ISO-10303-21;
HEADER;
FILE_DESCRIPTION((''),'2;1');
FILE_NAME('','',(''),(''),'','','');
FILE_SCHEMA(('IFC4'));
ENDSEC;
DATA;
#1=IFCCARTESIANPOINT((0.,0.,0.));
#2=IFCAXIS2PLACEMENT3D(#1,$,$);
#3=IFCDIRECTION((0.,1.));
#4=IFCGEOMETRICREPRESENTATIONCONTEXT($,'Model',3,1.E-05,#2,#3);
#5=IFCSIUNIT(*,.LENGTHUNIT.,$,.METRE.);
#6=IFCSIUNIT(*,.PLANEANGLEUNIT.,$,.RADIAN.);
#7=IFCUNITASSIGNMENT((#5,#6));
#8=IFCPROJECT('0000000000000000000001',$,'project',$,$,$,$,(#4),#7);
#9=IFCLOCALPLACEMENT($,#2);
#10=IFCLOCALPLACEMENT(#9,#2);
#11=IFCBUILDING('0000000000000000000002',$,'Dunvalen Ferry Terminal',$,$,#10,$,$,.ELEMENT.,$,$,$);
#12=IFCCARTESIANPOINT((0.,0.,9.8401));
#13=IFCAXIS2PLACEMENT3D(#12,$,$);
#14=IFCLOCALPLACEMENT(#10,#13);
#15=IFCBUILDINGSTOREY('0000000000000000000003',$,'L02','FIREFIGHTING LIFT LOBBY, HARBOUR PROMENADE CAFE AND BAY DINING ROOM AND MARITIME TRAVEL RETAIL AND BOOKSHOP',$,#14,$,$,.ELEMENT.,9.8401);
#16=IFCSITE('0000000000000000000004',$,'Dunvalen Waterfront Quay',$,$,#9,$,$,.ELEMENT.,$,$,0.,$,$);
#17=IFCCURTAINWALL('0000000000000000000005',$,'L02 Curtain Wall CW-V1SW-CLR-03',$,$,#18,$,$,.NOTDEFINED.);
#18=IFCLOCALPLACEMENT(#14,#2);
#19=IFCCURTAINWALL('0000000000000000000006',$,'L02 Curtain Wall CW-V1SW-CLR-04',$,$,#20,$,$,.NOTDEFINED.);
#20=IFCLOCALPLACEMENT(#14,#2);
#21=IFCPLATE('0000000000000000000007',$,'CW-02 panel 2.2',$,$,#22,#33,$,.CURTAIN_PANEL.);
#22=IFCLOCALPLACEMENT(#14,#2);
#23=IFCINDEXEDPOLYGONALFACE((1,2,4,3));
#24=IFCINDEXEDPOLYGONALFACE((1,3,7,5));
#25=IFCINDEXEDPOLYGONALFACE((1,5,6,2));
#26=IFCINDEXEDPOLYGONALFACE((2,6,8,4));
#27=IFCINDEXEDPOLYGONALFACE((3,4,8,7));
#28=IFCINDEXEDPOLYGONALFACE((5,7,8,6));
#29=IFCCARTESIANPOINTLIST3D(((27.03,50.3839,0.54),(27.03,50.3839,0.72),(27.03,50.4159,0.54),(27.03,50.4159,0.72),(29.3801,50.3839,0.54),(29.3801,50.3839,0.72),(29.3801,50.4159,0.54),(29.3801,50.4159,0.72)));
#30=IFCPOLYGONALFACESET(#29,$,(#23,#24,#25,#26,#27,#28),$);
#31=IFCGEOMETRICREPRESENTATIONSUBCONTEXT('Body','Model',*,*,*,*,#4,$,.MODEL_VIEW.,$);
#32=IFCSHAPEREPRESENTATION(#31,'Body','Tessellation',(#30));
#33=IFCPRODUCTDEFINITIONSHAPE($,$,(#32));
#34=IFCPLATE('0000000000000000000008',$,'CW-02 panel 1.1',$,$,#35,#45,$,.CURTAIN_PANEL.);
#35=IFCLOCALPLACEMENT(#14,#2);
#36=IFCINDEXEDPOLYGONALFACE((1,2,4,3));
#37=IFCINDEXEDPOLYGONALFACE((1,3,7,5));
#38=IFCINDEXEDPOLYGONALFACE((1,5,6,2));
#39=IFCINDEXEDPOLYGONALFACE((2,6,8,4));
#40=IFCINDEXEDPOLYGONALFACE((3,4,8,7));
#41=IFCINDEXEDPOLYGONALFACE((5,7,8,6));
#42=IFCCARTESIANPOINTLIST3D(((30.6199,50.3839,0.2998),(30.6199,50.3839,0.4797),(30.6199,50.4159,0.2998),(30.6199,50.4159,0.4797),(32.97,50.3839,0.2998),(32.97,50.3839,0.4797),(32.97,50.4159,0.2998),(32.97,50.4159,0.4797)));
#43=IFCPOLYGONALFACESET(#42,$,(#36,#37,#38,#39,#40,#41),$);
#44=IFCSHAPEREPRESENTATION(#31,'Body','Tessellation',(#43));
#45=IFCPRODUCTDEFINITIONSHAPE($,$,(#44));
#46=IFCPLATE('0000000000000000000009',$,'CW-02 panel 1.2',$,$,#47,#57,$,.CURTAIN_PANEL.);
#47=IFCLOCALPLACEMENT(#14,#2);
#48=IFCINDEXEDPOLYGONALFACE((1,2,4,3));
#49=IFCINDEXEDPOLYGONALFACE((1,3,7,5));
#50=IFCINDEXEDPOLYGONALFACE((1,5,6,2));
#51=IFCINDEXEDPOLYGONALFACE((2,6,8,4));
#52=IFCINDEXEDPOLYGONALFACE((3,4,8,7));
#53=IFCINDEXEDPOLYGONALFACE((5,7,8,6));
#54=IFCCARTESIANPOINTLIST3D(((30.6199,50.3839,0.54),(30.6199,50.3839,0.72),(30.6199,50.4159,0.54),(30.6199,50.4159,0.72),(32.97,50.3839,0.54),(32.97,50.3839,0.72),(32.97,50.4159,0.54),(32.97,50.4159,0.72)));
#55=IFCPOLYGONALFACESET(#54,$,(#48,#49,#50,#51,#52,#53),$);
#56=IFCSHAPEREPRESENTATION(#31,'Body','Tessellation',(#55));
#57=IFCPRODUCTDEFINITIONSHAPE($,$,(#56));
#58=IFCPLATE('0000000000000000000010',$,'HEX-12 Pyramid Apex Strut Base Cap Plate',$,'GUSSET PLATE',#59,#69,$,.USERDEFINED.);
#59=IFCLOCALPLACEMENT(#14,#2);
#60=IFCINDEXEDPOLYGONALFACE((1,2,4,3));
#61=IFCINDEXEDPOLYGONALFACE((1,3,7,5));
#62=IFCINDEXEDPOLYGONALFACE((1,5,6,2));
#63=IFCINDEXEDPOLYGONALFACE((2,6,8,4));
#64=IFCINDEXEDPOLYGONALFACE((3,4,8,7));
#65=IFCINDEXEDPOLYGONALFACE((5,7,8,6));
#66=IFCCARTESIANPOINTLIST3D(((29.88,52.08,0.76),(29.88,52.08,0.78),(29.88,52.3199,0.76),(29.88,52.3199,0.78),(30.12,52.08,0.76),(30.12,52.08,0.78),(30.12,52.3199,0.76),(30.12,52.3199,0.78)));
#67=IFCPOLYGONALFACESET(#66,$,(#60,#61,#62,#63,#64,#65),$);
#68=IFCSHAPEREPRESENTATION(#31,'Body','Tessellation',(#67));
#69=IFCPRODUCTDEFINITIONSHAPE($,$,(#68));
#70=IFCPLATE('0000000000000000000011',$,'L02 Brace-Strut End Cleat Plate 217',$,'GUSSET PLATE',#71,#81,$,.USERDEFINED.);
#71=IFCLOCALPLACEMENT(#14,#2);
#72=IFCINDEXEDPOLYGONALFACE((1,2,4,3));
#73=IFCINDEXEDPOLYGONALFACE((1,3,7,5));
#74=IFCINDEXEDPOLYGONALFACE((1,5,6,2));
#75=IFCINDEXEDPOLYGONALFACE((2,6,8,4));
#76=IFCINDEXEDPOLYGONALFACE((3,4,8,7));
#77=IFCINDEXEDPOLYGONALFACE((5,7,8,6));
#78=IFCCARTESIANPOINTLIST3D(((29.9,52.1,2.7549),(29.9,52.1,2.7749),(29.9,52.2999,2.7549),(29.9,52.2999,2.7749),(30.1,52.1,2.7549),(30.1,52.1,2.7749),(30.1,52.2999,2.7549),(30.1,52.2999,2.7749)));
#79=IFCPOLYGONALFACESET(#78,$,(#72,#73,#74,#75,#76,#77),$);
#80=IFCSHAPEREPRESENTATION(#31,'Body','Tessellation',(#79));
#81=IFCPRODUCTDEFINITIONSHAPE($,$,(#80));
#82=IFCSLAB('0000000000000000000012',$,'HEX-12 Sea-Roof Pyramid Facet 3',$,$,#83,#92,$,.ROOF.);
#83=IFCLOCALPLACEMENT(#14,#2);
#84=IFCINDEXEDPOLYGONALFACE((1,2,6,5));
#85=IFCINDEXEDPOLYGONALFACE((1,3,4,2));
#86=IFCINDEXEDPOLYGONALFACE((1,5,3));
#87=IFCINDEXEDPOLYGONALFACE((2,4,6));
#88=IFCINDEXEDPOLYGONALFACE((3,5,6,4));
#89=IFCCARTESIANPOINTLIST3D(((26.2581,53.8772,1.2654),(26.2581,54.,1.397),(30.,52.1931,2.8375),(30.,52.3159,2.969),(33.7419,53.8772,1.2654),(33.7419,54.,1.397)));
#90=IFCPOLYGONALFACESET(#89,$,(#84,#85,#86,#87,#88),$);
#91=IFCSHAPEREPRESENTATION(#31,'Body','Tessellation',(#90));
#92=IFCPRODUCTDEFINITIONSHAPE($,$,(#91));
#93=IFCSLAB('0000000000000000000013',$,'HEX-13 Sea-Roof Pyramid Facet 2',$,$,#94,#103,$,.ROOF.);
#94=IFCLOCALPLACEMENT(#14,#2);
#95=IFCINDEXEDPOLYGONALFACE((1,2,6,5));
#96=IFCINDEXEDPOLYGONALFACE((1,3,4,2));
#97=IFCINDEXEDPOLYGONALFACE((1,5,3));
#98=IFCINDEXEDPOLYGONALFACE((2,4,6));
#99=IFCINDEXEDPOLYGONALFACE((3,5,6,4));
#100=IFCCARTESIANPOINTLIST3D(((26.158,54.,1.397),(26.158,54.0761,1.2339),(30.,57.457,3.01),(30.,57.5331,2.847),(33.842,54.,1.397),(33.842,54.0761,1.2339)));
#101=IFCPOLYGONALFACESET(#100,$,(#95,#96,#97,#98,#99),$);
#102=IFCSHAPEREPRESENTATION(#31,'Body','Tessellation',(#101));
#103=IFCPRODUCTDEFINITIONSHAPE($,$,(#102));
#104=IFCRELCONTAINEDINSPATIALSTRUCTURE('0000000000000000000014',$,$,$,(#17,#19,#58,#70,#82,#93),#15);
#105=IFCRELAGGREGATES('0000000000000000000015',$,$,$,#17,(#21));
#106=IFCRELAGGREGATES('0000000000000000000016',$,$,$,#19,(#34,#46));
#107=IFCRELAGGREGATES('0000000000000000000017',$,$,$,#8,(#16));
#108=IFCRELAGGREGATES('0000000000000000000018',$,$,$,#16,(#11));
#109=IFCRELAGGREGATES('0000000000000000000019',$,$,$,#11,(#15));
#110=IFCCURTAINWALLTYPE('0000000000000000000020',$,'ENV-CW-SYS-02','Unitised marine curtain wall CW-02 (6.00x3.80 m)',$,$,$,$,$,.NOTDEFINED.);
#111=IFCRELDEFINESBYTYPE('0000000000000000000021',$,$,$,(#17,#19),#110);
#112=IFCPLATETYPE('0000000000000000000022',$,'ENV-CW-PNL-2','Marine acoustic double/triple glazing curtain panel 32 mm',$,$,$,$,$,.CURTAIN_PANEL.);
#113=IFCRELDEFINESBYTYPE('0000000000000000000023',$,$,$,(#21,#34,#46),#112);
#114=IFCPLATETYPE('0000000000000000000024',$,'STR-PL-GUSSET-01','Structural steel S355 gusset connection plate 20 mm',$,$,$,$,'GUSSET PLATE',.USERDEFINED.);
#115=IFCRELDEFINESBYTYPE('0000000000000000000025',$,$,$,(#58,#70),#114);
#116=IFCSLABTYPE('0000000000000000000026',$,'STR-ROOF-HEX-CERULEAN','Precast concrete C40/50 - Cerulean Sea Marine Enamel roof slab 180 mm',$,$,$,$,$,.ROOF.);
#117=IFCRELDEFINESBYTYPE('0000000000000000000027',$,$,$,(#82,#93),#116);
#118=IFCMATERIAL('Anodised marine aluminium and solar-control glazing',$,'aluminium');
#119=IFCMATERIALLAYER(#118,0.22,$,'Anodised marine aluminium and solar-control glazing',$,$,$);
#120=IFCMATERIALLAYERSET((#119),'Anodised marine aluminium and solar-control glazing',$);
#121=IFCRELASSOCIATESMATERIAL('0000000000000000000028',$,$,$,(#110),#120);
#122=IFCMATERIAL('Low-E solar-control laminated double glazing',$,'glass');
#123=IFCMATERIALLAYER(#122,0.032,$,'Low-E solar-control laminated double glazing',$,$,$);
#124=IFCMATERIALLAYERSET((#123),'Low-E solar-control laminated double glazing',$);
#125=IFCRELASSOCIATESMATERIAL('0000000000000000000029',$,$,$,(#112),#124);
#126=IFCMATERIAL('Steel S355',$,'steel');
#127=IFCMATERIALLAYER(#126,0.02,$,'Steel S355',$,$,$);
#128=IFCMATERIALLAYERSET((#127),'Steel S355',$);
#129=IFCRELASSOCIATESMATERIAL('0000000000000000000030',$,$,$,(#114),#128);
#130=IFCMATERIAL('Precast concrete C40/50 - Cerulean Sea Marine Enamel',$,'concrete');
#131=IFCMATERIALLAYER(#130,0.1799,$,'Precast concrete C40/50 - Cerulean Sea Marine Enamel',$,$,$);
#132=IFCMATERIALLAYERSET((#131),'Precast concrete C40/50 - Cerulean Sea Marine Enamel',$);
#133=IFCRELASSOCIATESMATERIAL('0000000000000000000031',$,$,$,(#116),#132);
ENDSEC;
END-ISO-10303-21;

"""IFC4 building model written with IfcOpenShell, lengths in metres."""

from ifc_helpers import new_model, si_unit, direction, frame, origin, origin_2d, place, context, subcontext, project, spatial, polyline, rectangle, outline, extrude, material, layer, layer_set, type_object, element, aggregate, save


model = new_model("IFC4")

# Units and contexts
model_context = context("Model", 3, precision=1e-05, world=origin(), true_north=direction((0.0, 1.0)))
body_context = subcontext(model_context, "Body", "Model", "MODEL_VIEW")
ifc_project = project(units=[si_unit("LENGTHUNIT", "METRE"), si_unit("PLANEANGLEUNIT", "RADIAN")], contexts=[model_context])

# Site, building, storey
site_placement = place(None, origin())
site = spatial("IfcSite", under=ifc_project, at=site_placement, Name="Dunvalen Waterfront Quay", CompositionType="ELEMENT", RefElevation=0.0)
building_placement = place(site_placement, origin())
building = spatial("IfcBuilding", under=site, at=building_placement, Name="Dunvalen Ferry Terminal", CompositionType="ELEMENT")
storey_placement = place(building_placement, frame((0.0, 0.0, 9.8401)))
storey = spatial("IfcBuildingStorey", under=building, at=storey_placement, Name="L02", Description="FIREFIGHTING LIFT LOBBY, HARBOUR PROMENADE CAFE AND BAY DINING ROOM AND MARITIME TRAVEL RETAIL AND BOOKSHOP", CompositionType="ELEMENT", Elevation=9.8401)

# Curtain wall
ifc_material_1 = material(Name="Anodised marine aluminium and solar-control glazing", Category="aluminium")
ifc_layer_1 = layer(ifc_material_1, 0.22, Name="Anodised marine aluminium and solar-control glazing")
ifc_layer_set_1 = layer_set([ifc_layer_1], Name="Anodised marine aluminium and solar-control glazing")
curtain_wall_type = type_object("IfcCurtainWallType", Name="ENV-CW-SYS-02", Description="Unitised marine curtain wall CW-02 (6.00x3.80 m)", PredefinedType="NOTDEFINED", material=ifc_layer_set_1)
curtain_wall_1_placement = place(storey_placement, origin())
curtain_wall_1 = element("IfcCurtainWall", 1, at=curtain_wall_1_placement, inside=storey, type_object=curtain_wall_type, Name="L02 Curtain Wall CW-V1SW-CLR-03", PredefinedType="NOTDEFINED")

# Curtain wall
curtain_wall_2_placement = place(storey_placement, origin())
curtain_wall_2 = element("IfcCurtainWall", 2, at=curtain_wall_2_placement, inside=storey, type_object=curtain_wall_type, Name="L02 Curtain Wall CW-V1SW-CLR-04", PredefinedType="NOTDEFINED")

# Shared definitions
ifc_material_2 = material(Name="Steel S355", Category="steel")

# Plates
ifc_material_3 = material(Name="Low-E solar-control laminated double glazing", Category="glass")
ifc_layer_2 = layer(ifc_material_3, 0.032, Name="Low-E solar-control laminated double glazing")
ifc_layer_set_2 = layer_set([ifc_layer_2], Name="Low-E solar-control laminated double glazing")
plate_type_1 = type_object("IfcPlateType", Name="ENV-CW-PNL-2", Description="Marine acoustic double/triple glazing curtain panel 32 mm", PredefinedType="CURTAIN_PANEL", material=ifc_layer_set_2)
plate_1_placement = place(storey_placement, frame((28.2051, 50.3999, 0.54), z_axis=(0.0, 0.0, 1.0), x_axis=(1.0, 0.0, 0.0)))
plate_1 = element("IfcPlate", 3, at=plate_1_placement, type_object=plate_type_1, Name="CW-02 panel 2.2", PredefinedType="CURTAIN_PANEL", context=body_context, shape_type="SweptSolid", body=[
    extrude(rectangle(XDim=2.3501, YDim=0.032, at=origin_2d()), origin(), (0.0, 0.0, 1.0), 0.1799),
])
aggregate(curtain_wall_1, [plate_1])
plate_2_placement = place(storey_placement, frame((31.7949, 50.3999, 0.2998), z_axis=(0.0, 0.0, 1.0), x_axis=(1.0, 0.0, 0.0)))
plate_2 = element("IfcPlate", 4, at=plate_2_placement, type_object=plate_type_1, Name="CW-02 panel 1.1", PredefinedType="CURTAIN_PANEL", context=body_context, shape_type="SweptSolid", body=[
    extrude(rectangle(XDim=2.3501, YDim=0.032, at=origin_2d()), origin(), (0.0, 0.0, 1.0), 0.1799),
])
plate_3_placement = place(storey_placement, frame((31.7949, 50.3999, 0.54), z_axis=(0.0, 0.0, 1.0), x_axis=(1.0, 0.0, 0.0)))
plate_3 = element("IfcPlate", 5, at=plate_3_placement, type_object=plate_type_1, Name="CW-02 panel 1.2", PredefinedType="CURTAIN_PANEL", context=body_context, shape_type="SweptSolid", body=[
    extrude(rectangle(XDim=2.3501, YDim=0.032, at=origin_2d()), origin(), (0.0, 0.0, 1.0), 0.1799),
])
aggregate(curtain_wall_2, [plate_2, plate_3])

# Plates
ifc_layer_3 = layer(ifc_material_2, 0.02, Name="Steel S355")
ifc_layer_set_3 = layer_set([ifc_layer_3], Name="Steel S355")
plate_type_2 = type_object("IfcPlateType", Name="STR-PL-GUSSET-01", Description="Structural steel S355 gusset connection plate 20 mm", ElementType="GUSSET PLATE", PredefinedType="USERDEFINED", material=ifc_layer_set_3)
plate_4_placement = place(storey_placement, frame((30.0, 52.2, 0.76), z_axis=(0.0, 0.0, 1.0), x_axis=(1.0, 0.0, 0.0)))
element("IfcPlate", 6, at=plate_4_placement, inside=storey, type_object=plate_type_2, Name="HEX-12 Pyramid Apex Strut Base Cap Plate", ObjectType="GUSSET PLATE", PredefinedType="USERDEFINED", context=body_context, shape_type="SweptSolid", body=[
    extrude(rectangle(XDim=0.24, YDim=0.24, at=origin_2d()), origin(), (0.0, 0.0, 1.0), 0.02),
])
plate_5_placement = place(storey_placement, frame((30.0, 52.2, 2.7549), z_axis=(0.0, 0.0, 1.0), x_axis=(1.0, 0.0, 0.0)))
element("IfcPlate", 7, at=plate_5_placement, inside=storey, type_object=plate_type_2, Name="L02 Brace-Strut End Cleat Plate 217", ObjectType="GUSSET PLATE", PredefinedType="USERDEFINED", context=body_context, shape_type="SweptSolid", body=[
    extrude(rectangle(XDim=0.2, YDim=0.2, at=origin_2d()), origin(), (0.0, 0.0, 1.0), 0.02),
])

# Slabs
ifc_material_4 = material(Name="Precast concrete C40/50 - Cerulean Sea Marine Enamel", Category="concrete")
ifc_layer_4 = layer(ifc_material_4, 0.1799, Name="Precast concrete C40/50 - Cerulean Sea Marine Enamel")
ifc_layer_set_4 = layer_set([ifc_layer_4], Name="Precast concrete C40/50 - Cerulean Sea Marine Enamel")
slab_type = type_object("IfcSlabType", Name="STR-ROOF-HEX-CERULEAN", Description="Precast concrete C40/50 - Cerulean Sea Marine Enamel roof slab 180 mm", PredefinedType="ROOF", material=ifc_layer_set_4)
slab_1_placement = place(storey_placement, frame((33.7419, 54.0, 1.397), z_axis=(0.0, 0.682367, 0.731009), x_axis=(-1.0, 0.0, 0.0)))
element("IfcSlab", 8, at=slab_1_placement, inside=storey, type_object=slab_type, Name="HEX-12 Sea-Roof Pyramid Facet 3", PredefinedType="ROOF", context=body_context, shape_type="SweptSolid", body=[
    extrude(outline(polyline([(0.0, 0.0), (7.4839, 0.0), (3.7419, 2.3038), (0.0, 0.0)])), origin(), (0.0, 0.0, -1.0), 0.1799),
])
slab_2_placement = place(storey_placement, frame((26.158, 54.0, 1.397), z_axis=(0.0, -0.422833, 0.906208), x_axis=(1.0, 0.0, 0.0)))
element("IfcSlab", 9, at=slab_2_placement, inside=storey, type_object=slab_type, Name="HEX-13 Sea-Roof Pyramid Facet 2", PredefinedType="ROOF", context=body_context, shape_type="SweptSolid", body=[
    extrude(outline(polyline([(0.0, 0.0), (7.6841, 0.0), (3.842, 3.8148), (0.0, 0.0)])), origin(), (0.0, 0.0, -1.0), 0.1799),
])

save(model, "model.ifc")
